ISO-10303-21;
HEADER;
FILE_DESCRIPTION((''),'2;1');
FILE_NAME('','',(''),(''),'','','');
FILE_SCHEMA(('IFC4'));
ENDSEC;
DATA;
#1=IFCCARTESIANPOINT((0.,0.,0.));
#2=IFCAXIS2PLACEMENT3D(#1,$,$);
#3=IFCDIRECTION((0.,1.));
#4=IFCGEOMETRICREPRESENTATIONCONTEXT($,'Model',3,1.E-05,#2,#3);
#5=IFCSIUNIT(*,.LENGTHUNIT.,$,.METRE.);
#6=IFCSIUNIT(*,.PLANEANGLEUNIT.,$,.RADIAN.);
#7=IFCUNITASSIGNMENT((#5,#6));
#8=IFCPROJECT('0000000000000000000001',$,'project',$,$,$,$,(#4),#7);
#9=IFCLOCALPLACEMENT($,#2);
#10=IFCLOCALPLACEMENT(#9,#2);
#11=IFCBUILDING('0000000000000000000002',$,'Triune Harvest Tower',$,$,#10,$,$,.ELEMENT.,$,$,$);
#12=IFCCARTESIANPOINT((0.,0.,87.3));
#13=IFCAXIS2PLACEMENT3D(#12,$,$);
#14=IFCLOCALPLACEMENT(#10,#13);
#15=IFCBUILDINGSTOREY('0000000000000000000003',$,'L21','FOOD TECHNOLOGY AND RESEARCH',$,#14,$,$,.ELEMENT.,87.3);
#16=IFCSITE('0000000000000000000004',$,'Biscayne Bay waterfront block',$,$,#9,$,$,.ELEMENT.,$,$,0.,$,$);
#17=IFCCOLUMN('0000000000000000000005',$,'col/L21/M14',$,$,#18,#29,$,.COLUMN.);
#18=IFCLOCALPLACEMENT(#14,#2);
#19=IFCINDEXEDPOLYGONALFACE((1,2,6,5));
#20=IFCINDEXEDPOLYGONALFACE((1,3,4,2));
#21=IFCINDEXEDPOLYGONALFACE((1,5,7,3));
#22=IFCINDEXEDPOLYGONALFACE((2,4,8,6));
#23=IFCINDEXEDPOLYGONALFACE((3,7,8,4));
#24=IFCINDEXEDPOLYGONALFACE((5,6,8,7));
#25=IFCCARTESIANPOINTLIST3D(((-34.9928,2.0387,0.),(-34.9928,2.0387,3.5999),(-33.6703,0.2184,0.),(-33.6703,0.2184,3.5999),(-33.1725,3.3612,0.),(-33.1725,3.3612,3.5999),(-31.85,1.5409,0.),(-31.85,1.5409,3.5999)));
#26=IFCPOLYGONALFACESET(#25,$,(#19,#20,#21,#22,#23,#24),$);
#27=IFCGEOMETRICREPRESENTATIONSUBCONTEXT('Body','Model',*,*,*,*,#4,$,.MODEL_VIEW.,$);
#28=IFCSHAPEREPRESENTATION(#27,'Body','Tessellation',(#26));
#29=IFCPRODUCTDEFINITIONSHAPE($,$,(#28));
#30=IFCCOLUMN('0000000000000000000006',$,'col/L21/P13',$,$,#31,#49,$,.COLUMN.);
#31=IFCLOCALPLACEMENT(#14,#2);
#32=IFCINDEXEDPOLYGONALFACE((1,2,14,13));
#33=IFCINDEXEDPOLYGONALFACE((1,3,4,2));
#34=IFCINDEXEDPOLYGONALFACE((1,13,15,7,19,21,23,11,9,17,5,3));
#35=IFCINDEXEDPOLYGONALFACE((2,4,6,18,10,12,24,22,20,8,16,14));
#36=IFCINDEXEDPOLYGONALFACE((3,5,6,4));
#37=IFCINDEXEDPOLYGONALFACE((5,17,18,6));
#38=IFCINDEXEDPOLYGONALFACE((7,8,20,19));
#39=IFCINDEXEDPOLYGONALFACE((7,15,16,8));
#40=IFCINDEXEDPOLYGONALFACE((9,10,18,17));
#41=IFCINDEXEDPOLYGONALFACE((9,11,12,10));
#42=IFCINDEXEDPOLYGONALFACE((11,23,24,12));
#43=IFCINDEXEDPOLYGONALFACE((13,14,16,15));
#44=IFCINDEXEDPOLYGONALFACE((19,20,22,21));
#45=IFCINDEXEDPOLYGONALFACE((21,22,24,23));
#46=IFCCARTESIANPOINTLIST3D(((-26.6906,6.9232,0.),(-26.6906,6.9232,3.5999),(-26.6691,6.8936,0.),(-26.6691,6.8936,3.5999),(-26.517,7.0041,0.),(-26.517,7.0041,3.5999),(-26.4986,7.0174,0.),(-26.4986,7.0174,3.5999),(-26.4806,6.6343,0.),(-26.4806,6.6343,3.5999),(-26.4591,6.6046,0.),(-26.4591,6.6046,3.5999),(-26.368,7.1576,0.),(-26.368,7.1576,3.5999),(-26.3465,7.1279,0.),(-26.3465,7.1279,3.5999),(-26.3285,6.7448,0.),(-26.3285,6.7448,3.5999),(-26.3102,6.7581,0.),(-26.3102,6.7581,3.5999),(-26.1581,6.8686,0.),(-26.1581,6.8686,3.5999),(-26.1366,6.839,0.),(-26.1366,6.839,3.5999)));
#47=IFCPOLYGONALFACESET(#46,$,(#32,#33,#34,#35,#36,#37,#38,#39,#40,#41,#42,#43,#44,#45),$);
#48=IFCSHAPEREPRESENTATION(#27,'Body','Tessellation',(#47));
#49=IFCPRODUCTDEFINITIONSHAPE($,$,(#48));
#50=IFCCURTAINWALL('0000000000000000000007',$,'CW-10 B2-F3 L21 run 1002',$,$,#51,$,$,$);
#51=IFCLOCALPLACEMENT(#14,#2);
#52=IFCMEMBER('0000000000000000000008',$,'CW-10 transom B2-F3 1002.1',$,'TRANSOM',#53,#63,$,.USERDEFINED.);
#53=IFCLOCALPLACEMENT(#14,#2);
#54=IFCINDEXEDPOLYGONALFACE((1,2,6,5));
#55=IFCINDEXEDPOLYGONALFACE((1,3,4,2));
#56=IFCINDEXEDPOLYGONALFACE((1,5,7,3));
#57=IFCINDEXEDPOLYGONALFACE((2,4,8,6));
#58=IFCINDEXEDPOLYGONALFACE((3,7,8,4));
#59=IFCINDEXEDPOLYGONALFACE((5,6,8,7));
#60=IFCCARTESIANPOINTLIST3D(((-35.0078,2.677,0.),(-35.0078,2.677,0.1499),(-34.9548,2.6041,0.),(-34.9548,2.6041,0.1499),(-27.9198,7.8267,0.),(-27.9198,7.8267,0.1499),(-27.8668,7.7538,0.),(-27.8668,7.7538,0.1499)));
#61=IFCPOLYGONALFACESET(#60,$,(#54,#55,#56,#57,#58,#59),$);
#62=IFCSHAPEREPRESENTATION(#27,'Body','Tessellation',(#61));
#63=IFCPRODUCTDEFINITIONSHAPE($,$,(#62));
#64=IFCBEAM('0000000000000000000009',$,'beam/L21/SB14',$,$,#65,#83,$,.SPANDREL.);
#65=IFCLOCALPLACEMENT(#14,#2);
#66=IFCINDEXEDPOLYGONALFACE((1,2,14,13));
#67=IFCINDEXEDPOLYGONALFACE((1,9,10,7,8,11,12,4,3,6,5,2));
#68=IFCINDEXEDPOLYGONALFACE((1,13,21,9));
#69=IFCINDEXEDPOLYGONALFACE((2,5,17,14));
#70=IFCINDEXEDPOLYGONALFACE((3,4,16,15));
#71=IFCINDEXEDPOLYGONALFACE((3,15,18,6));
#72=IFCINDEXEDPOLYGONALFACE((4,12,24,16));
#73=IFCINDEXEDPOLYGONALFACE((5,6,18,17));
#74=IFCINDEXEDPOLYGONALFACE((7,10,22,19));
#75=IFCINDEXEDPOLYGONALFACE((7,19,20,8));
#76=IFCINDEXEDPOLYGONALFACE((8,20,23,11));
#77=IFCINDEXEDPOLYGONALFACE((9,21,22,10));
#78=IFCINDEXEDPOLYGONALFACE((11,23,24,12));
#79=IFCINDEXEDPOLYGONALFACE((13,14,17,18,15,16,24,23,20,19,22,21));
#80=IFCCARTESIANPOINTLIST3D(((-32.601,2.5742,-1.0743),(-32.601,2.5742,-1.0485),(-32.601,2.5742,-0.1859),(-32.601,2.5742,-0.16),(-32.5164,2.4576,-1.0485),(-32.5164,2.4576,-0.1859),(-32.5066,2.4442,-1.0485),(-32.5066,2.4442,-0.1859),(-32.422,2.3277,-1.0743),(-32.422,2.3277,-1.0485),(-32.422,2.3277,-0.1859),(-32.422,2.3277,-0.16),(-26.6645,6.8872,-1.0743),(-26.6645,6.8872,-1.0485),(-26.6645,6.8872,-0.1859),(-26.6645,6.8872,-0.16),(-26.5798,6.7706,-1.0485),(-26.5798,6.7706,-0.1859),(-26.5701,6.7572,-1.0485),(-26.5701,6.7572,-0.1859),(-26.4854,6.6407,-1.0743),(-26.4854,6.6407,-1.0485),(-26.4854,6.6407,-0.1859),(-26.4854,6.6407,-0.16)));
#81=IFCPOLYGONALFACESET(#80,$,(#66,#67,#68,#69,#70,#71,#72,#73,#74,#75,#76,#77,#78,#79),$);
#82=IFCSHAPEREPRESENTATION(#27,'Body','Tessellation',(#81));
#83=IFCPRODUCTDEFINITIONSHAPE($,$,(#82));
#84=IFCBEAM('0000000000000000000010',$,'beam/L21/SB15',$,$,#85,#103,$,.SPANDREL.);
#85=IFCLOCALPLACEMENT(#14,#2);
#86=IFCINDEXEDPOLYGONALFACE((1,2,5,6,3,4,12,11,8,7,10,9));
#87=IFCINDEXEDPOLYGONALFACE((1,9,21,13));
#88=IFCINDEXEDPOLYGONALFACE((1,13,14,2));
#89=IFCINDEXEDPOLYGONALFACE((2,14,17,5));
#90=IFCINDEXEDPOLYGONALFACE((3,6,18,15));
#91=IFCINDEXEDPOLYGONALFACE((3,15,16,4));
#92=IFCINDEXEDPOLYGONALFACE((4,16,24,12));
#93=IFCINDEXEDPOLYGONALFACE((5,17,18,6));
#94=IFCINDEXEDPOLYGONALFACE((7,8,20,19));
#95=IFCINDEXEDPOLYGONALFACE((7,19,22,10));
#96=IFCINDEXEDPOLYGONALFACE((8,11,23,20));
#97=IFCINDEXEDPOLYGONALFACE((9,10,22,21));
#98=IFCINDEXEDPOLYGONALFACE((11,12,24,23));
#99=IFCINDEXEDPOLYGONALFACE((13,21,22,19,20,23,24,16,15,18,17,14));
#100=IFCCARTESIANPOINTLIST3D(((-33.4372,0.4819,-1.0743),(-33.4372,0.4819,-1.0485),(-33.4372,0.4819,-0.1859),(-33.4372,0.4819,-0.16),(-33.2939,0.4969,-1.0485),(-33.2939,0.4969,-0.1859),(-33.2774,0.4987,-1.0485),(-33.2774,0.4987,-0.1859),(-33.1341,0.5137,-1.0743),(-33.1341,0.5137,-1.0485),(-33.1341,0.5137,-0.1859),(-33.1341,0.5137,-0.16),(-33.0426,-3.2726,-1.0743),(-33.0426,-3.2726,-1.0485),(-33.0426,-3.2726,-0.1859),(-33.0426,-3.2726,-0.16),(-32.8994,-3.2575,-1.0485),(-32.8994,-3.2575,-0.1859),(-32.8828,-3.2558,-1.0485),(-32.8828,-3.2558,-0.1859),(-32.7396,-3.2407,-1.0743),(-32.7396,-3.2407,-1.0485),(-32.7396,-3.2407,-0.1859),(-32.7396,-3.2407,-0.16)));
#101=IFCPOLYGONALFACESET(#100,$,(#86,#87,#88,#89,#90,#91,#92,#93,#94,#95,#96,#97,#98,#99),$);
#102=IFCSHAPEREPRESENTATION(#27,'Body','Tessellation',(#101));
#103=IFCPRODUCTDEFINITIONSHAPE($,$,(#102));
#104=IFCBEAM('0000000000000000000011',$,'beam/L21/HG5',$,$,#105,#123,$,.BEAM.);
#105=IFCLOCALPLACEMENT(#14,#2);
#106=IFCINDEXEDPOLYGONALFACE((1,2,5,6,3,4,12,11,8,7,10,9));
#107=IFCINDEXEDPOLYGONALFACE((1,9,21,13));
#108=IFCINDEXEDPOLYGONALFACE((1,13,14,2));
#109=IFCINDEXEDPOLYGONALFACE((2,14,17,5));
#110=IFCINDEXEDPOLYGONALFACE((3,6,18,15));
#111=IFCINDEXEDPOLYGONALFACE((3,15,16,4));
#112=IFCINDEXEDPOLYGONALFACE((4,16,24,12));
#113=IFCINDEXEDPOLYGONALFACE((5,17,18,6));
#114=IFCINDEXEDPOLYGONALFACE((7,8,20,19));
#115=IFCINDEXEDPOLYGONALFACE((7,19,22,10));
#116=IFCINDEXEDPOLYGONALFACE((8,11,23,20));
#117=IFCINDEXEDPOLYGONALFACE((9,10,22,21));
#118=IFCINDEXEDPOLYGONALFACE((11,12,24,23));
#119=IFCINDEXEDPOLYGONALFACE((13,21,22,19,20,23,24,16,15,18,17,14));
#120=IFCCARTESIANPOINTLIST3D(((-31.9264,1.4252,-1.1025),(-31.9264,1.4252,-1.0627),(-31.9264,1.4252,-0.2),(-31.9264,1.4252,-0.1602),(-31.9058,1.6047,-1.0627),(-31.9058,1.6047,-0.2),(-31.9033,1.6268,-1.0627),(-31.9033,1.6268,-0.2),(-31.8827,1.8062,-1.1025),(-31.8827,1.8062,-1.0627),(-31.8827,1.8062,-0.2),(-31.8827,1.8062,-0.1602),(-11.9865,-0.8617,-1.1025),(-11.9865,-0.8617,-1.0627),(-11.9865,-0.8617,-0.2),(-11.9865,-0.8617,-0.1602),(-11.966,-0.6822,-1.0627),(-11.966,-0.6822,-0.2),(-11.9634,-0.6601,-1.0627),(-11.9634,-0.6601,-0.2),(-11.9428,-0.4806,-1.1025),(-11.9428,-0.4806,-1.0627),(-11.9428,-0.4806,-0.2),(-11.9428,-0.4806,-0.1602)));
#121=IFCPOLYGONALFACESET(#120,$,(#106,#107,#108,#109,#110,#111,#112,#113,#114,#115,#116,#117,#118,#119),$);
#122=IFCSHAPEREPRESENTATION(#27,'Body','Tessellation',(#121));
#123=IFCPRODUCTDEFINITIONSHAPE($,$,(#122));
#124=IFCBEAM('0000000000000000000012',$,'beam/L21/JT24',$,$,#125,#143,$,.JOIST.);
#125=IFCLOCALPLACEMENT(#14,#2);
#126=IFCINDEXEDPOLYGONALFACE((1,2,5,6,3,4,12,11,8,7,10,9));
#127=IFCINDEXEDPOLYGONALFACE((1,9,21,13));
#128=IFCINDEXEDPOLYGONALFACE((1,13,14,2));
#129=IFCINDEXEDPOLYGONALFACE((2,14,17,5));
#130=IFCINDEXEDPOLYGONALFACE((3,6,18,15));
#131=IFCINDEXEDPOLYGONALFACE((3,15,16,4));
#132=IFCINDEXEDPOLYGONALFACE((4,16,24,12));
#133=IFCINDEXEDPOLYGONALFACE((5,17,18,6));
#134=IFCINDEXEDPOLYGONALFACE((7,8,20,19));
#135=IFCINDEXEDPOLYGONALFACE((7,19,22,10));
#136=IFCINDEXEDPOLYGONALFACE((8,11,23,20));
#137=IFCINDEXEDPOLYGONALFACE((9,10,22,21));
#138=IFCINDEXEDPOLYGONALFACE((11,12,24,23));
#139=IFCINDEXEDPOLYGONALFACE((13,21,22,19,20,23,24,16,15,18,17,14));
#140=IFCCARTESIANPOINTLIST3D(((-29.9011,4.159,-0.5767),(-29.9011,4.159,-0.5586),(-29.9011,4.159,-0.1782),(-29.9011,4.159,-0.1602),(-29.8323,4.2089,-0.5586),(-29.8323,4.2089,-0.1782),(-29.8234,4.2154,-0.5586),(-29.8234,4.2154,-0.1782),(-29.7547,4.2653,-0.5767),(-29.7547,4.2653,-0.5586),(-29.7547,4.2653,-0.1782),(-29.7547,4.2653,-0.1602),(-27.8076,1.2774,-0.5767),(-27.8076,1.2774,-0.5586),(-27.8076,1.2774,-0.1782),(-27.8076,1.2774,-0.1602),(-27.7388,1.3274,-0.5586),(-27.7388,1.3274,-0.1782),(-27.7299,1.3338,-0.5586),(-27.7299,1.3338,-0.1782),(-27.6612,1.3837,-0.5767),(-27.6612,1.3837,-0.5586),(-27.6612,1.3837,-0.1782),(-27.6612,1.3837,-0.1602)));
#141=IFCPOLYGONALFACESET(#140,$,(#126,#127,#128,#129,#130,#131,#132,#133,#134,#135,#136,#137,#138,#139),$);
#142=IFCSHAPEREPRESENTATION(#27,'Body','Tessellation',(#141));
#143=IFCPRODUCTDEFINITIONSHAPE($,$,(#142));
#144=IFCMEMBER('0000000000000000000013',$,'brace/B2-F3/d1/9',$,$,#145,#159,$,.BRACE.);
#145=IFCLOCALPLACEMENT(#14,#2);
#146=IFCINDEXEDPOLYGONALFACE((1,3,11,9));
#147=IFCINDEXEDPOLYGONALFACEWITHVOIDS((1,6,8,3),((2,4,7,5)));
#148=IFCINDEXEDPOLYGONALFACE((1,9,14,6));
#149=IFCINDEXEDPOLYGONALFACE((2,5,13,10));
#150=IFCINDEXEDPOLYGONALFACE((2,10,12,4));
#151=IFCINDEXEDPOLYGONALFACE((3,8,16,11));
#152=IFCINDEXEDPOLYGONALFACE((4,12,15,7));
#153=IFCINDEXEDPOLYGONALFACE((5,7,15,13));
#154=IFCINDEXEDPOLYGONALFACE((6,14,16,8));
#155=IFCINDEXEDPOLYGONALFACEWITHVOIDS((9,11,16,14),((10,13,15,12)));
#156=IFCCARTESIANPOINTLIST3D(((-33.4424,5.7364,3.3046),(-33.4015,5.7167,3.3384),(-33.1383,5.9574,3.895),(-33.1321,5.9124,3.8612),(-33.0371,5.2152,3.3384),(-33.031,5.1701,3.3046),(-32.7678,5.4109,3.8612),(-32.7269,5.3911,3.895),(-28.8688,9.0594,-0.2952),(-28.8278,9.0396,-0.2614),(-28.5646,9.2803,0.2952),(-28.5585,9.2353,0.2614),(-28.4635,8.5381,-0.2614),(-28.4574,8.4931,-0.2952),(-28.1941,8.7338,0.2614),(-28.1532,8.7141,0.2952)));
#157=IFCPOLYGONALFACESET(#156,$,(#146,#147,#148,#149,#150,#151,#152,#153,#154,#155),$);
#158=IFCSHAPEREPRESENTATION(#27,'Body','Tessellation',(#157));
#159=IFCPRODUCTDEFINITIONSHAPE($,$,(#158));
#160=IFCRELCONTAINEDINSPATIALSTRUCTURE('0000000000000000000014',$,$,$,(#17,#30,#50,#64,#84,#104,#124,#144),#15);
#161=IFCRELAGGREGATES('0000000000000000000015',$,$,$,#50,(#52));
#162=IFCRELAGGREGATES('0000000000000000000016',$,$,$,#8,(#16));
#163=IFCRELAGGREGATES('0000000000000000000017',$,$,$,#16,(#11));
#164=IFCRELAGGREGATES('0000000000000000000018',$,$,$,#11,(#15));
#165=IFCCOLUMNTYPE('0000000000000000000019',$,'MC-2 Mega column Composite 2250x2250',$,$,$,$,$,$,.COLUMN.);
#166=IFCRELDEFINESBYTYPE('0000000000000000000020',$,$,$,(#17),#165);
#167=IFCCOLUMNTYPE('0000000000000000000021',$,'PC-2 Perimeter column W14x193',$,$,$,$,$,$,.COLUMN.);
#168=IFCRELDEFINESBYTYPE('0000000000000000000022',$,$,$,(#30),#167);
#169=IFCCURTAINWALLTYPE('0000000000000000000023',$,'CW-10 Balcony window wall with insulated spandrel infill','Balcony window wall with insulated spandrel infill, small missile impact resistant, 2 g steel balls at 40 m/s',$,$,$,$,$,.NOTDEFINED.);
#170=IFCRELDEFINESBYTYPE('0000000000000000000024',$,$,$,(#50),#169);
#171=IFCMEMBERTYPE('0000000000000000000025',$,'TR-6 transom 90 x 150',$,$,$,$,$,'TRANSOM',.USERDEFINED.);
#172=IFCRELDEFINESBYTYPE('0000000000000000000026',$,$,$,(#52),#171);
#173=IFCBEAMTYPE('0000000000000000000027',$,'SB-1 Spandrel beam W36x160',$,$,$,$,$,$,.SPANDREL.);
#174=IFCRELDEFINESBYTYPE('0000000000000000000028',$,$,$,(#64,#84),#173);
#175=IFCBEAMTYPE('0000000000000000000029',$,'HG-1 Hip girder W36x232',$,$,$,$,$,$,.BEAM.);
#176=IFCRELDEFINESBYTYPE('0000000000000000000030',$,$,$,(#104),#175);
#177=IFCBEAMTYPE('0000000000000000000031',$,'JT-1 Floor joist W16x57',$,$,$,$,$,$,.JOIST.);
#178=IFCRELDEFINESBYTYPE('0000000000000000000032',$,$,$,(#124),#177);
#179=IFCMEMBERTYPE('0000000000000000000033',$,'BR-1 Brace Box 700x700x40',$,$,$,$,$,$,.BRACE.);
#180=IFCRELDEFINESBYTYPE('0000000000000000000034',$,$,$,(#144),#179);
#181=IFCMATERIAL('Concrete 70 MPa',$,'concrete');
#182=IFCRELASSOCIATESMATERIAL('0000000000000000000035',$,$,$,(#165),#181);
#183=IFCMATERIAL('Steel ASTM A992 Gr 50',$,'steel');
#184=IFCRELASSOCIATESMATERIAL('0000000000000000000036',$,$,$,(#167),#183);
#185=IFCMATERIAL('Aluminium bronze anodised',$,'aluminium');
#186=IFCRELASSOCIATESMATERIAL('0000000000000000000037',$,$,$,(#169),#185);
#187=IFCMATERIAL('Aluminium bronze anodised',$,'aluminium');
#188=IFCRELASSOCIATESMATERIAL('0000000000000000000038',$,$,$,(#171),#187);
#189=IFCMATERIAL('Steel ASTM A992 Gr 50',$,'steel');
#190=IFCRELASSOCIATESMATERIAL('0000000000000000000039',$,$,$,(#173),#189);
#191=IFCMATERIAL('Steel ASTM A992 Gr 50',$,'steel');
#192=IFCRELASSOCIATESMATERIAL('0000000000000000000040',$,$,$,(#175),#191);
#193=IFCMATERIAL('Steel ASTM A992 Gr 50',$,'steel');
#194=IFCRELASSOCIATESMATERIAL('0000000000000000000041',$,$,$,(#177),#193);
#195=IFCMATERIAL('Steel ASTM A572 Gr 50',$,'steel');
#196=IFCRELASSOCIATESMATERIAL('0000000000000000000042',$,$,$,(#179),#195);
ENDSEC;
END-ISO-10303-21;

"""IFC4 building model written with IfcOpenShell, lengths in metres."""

from ifc_helpers import new_model, si_unit, direction, frame, origin, origin_2d, place, context, subcontext, project, spatial, rectangle, hollow_rectangle, i_section, extrude, source, transform, mapped, material, material_profile, profile_set, type_object, element, aggregate, save


model = new_model("IFC4")

# Units and contexts
model_context = context("Model", 3, precision=1e-05, world=origin(), true_north=direction((0.0, 1.0)))
body_context = subcontext(model_context, "Body", "Model", "MODEL_VIEW")
ifc_project = project(units=[si_unit("LENGTHUNIT", "METRE"), si_unit("PLANEANGLEUNIT", "RADIAN")], contexts=[model_context])

# Site, building, storey
site_placement = place(None, origin())
site = spatial("IfcSite", under=ifc_project, at=site_placement, Name="Biscayne Bay waterfront block", CompositionType="ELEMENT", RefElevation=0.0)
building_placement = place(site_placement, origin())
building = spatial("IfcBuilding", under=site, at=building_placement, Name="Triune Harvest Tower", CompositionType="ELEMENT")
storey_placement = place(building_placement, frame((0.0, 0.0, 87.3)))
storey = spatial("IfcBuildingStorey", under=building, at=storey_placement, Name="L21", Description="FOOD TECHNOLOGY AND RESEARCH", CompositionType="ELEMENT", Elevation=87.3)

# Columns
ifc_material_1 = material(Name="Concrete 70 MPa", Category="concrete")
ifc_material_profile_1 = material_profile(ifc_material_1, rectangle(XDim=2.25, YDim=2.25, at=origin_2d()), Name="Composite 2250x2250")
ifc_profile_set_1 = profile_set([ifc_material_profile_1], Name="Concrete 70 MPa")
column_type_1 = type_object("IfcColumnType", Name="MC-2 Mega column Composite 2250x2250", PredefinedType="COLUMN", material=ifc_profile_set_1)
shared_shape_1 = source(origin(), body_context, "Body", "SweptSolid", [
    extrude(rectangle(XDim=2.25, YDim=2.25, at=origin_2d()), origin(), (0.0, 0.0, 1.0), 3.5999),
])
column_1_placement = place(storey_placement, frame((-33.4214, 1.7898, 0.0), z_axis=(0.0, 0.0, 1.0), x_axis=(-0.809017, -0.587785, 0.0)))
element("IfcColumn", 1, at=column_1_placement, inside=storey, type_object=column_type_1, Name="col/L21/M14", PredefinedType="COLUMN", context=body_context, shape_type="MappedRepresentation", body=[
    mapped(shared_shape_1, transform((0.0, 0.0, 0.0), scale=1.0)),
])
ifc_material_2 = material(Name="Steel ASTM A992 Gr 50", Category="steel")
ifc_material_profile_2 = material_profile(ifc_material_2, i_section(OverallWidth=0.3987, OverallDepth=0.3938, WebThickness=0.0227, FlangeThickness=0.0366, at=origin_2d()), Name="W14x193")
ifc_profile_set_2 = profile_set([ifc_material_profile_2], Name="Steel ASTM A992 Gr 50")
column_type_2 = type_object("IfcColumnType", Name="PC-2 Perimeter column W14x193", PredefinedType="COLUMN", material=ifc_profile_set_2)
shared_shape_2 = source(origin(), body_context, "Body", "SweptSolid", [
    extrude(i_section(OverallWidth=0.3987, OverallDepth=0.3938, WebThickness=0.0227, FlangeThickness=0.0366, at=origin_2d()), origin(), (0.0, 0.0, 1.0), 3.5999),
])
column_2_placement = place(storey_placement, frame((-26.4136, 6.8811, 0.0), z_axis=(0.0, 0.0, 1.0), x_axis=(-0.809017, -0.587785, 0.0)))
element("IfcColumn", 2, at=column_2_placement, inside=storey, type_object=column_type_2, Name="col/L21/P13", PredefinedType="COLUMN", context=body_context, shape_type="MappedRepresentation", body=[
    mapped(shared_shape_2, transform((0.0, 0.0, 0.0), scale=1.0)),
])

# Curtain wall, member
ifc_material_3 = material(Name="Aluminium bronze anodised", Category="aluminium")
curtain_wall_type_1 = type_object("IfcCurtainWallType", Name="CW-10 Balcony window wall with insulated spandrel infill", Description="Balcony window wall with insulated spandrel infill, small missile impact resistant, 2 g steel balls at 40 m/s", PredefinedType="NOTDEFINED", material=ifc_material_3)
curtain_wall_1_placement = place(storey_placement, origin())
curtain_wall_1 = element("IfcCurtainWall", 3, at=curtain_wall_1_placement, inside=storey, type_object=curtain_wall_type_1, Name="CW-10 B2-F3 L21 run 1002")
ifc_material_4 = material(Name="Aluminium bronze anodised", Category="aluminium")
ifc_material_profile_3 = material_profile(ifc_material_4, rectangle(XDim=0.0901, YDim=0.1499, at=origin_2d()), Name="TR-6 transom 90 x 150")
ifc_profile_set_3 = profile_set([ifc_material_profile_3], Name="Aluminium bronze anodised")
member_type_1 = type_object("IfcMemberType", Name="TR-6 transom 90 x 150", ElementType="TRANSOM", PredefinedType="USERDEFINED", material=ifc_profile_set_3)
member_1_placement = place(storey_placement, frame((-27.8933, 7.7903, 0.075), z_axis=(-0.809017, -0.587786, 0.0), x_axis=(0.587786, -0.809017, 0.0)))
member_1 = element("IfcMember", 4, at=member_1_placement, type_object=member_type_1, Name="CW-10 transom B2-F3 1002.1", ObjectType="TRANSOM", PredefinedType="USERDEFINED", context=body_context, shape_type="SweptSolid", body=[
    extrude(rectangle(XDim=0.0901, YDim=0.1499, at=origin_2d()), origin(), (0.0, 0.0, 1.0), 8.7612),
])

# Beams
ifc_material_5 = material(Name="Steel ASTM A992 Gr 50", Category="steel")
ifc_material_profile_4 = material_profile(ifc_material_5, i_section(OverallWidth=0.3047, OverallDepth=0.9143, WebThickness=0.0166, FlangeThickness=0.0259, at=origin_2d()), Name="W36x160")
ifc_profile_set_4 = profile_set([ifc_material_profile_4], Name="Steel ASTM A992 Gr 50")
beam_type_1 = type_object("IfcBeamType", Name="SB-1 Spandrel beam W36x160", PredefinedType="SPANDREL", material=ifc_profile_set_4)
shared_shape_3 = source(origin(), body_context, "Body", "SweptSolid", [
    extrude(i_section(OverallWidth=0.3047, OverallDepth=0.9143, WebThickness=0.0166, FlangeThickness=0.0259, at=origin_2d()), origin(), (0.0, 0.0, 1.0), 7.3379),
])
beam_1_placement = place(storey_placement, frame((-26.575, 6.7639, -0.6172), z_axis=(-0.809027, -0.587772, 0.0), x_axis=(0.587772, -0.809027, 0.0)))
element("IfcBeam", 5, at=beam_1_placement, inside=storey, type_object=beam_type_1, Name="beam/L21/SB14", PredefinedType="SPANDREL", context=body_context, shape_type="MappedRepresentation", body=[
    mapped(shared_shape_3, transform((0.0, 0.0, 0.0), scale=1.0)),
])
shared_shape_4 = source(origin(), body_context, "Body", "SweptSolid", [
    extrude(i_section(OverallWidth=0.3047, OverallDepth=0.9143, WebThickness=0.0166, FlangeThickness=0.0259, at=origin_2d()), origin(), (0.0, 0.0, 1.0), 3.7751),
])
beam_2_placement = place(storey_placement, frame((-33.2856, 0.4978, -0.6172), z_axis=(0.10451, -0.994524, 0.0), x_axis=(0.994524, 0.10451, 0.0)))
element("IfcBeam", 6, at=beam_2_placement, inside=storey, type_object=beam_type_1, Name="beam/L21/SB15", PredefinedType="SPANDREL", context=body_context, shape_type="MappedRepresentation", body=[
    mapped(shared_shape_4, transform((0.0, 0.0, 0.0), scale=1.0)),
])
ifc_material_6 = material(Name="Steel ASTM A992 Gr 50", Category="steel")
ifc_material_profile_5 = material_profile(ifc_material_6, i_section(OverallWidth=0.3835, OverallDepth=0.9424, WebThickness=0.0222, FlangeThickness=0.0398, at=origin_2d()), Name="W36x232")
ifc_profile_set_5 = profile_set([ifc_material_profile_5], Name="Steel ASTM A992 Gr 50")
beam_type_2 = type_object("IfcBeamType", Name="HG-1 Hip girder W36x232", PredefinedType="BEAM", material=ifc_profile_set_5)
shared_shape_5 = source(origin(), body_context, "Body", "SweptSolid", [
    extrude(i_section(OverallWidth=0.3835, OverallDepth=0.9424, WebThickness=0.0222, FlangeThickness=0.0398, at=origin_2d()), origin(), (0.0, 0.0, 1.0), 20.0706),
])
beam_3_placement = place(storey_placement, frame((-31.9045, 1.6157, -0.6313), z_axis=(0.993488, -0.113941, 0.0), x_axis=(0.113941, 0.993488, 0.0)))
element("IfcBeam", 7, at=beam_3_placement, inside=storey, type_object=beam_type_2, Name="beam/L21/HG5", PredefinedType="BEAM", context=body_context, shape_type="MappedRepresentation", body=[
    mapped(shared_shape_5, transform((0.0, 0.0, 0.0), scale=1.0)),
])
ifc_material_7 = material(Name="Steel ASTM A992 Gr 50", Category="steel")
ifc_material_profile_6 = material_profile(ifc_material_7, i_section(OverallWidth=0.1809, OverallDepth=0.4165, WebThickness=0.011, FlangeThickness=0.0181, at=origin_2d()), Name="W16x57")
ifc_profile_set_6 = profile_set([ifc_material_profile_6], Name="Steel ASTM A992 Gr 50")
beam_type_3 = type_object("IfcBeamType", Name="JT-1 Floor joist W16x57", PredefinedType="JOIST", material=ifc_profile_set_6)
shared_shape_6 = source(origin(), body_context, "Body", "SweptSolid", [
    extrude(i_section(OverallWidth=0.1809, OverallDepth=0.4165, WebThickness=0.011, FlangeThickness=0.0181, at=origin_2d()), origin(), (0.0, 0.0, 1.0), 3.5618),
])
beam_4_placement = place(storey_placement, frame((-29.8279, 4.2122, -0.3684), z_axis=(0.587768, -0.809029, 0.0), x_axis=(0.809029, 0.587768, 0.0)))
element("IfcBeam", 8, at=beam_4_placement, inside=storey, type_object=beam_type_3, Name="beam/L21/JT24", PredefinedType="JOIST", context=body_context, shape_type="MappedRepresentation", body=[
    mapped(shared_shape_6, transform((0.0, 0.0, 0.0), scale=1.0)),
])

# Member
ifc_material_8 = material(Name="Steel ASTM A572 Gr 50", Category="steel")
ifc_material_profile_7 = material_profile(ifc_material_8, hollow_rectangle(XDim=0.7, YDim=0.7, WallThickness=0.04, at=origin_2d()), Name="Box 700x700x40")
ifc_profile_set_7 = profile_set([ifc_material_profile_7], Name="Steel ASTM A572 Gr 50")
member_type_2 = type_object("IfcMemberType", Name="BR-1 Brace Box 700x700x40", PredefinedType="BRACE", material=ifc_profile_set_7)
shared_shape_7 = source(origin(), body_context, "Body", "SweptSolid", [
    extrude(hollow_rectangle(XDim=0.7, YDim=0.7, WallThickness=0.04, at=origin_2d()), origin(), (0.0, 0.0, 1.0), 6.7021),
])
member_2_placement = place(storey_placement, frame((-28.511, 8.8867, 0.0), z_axis=(-0.682416, -0.495803, 0.53711), x_axis=(0.587784, -0.809018, 0.0)))
element("IfcMember", 9, at=member_2_placement, inside=storey, type_object=member_type_2, Name="brace/B2-F3/d1/9", PredefinedType="BRACE", context=body_context, shape_type="MappedRepresentation", body=[
    mapped(shared_shape_7, transform((0.0, 0.0, 0.0), scale=1.0)),
])

aggregate(curtain_wall_1, [member_1])

save(model, "model.ifc")
